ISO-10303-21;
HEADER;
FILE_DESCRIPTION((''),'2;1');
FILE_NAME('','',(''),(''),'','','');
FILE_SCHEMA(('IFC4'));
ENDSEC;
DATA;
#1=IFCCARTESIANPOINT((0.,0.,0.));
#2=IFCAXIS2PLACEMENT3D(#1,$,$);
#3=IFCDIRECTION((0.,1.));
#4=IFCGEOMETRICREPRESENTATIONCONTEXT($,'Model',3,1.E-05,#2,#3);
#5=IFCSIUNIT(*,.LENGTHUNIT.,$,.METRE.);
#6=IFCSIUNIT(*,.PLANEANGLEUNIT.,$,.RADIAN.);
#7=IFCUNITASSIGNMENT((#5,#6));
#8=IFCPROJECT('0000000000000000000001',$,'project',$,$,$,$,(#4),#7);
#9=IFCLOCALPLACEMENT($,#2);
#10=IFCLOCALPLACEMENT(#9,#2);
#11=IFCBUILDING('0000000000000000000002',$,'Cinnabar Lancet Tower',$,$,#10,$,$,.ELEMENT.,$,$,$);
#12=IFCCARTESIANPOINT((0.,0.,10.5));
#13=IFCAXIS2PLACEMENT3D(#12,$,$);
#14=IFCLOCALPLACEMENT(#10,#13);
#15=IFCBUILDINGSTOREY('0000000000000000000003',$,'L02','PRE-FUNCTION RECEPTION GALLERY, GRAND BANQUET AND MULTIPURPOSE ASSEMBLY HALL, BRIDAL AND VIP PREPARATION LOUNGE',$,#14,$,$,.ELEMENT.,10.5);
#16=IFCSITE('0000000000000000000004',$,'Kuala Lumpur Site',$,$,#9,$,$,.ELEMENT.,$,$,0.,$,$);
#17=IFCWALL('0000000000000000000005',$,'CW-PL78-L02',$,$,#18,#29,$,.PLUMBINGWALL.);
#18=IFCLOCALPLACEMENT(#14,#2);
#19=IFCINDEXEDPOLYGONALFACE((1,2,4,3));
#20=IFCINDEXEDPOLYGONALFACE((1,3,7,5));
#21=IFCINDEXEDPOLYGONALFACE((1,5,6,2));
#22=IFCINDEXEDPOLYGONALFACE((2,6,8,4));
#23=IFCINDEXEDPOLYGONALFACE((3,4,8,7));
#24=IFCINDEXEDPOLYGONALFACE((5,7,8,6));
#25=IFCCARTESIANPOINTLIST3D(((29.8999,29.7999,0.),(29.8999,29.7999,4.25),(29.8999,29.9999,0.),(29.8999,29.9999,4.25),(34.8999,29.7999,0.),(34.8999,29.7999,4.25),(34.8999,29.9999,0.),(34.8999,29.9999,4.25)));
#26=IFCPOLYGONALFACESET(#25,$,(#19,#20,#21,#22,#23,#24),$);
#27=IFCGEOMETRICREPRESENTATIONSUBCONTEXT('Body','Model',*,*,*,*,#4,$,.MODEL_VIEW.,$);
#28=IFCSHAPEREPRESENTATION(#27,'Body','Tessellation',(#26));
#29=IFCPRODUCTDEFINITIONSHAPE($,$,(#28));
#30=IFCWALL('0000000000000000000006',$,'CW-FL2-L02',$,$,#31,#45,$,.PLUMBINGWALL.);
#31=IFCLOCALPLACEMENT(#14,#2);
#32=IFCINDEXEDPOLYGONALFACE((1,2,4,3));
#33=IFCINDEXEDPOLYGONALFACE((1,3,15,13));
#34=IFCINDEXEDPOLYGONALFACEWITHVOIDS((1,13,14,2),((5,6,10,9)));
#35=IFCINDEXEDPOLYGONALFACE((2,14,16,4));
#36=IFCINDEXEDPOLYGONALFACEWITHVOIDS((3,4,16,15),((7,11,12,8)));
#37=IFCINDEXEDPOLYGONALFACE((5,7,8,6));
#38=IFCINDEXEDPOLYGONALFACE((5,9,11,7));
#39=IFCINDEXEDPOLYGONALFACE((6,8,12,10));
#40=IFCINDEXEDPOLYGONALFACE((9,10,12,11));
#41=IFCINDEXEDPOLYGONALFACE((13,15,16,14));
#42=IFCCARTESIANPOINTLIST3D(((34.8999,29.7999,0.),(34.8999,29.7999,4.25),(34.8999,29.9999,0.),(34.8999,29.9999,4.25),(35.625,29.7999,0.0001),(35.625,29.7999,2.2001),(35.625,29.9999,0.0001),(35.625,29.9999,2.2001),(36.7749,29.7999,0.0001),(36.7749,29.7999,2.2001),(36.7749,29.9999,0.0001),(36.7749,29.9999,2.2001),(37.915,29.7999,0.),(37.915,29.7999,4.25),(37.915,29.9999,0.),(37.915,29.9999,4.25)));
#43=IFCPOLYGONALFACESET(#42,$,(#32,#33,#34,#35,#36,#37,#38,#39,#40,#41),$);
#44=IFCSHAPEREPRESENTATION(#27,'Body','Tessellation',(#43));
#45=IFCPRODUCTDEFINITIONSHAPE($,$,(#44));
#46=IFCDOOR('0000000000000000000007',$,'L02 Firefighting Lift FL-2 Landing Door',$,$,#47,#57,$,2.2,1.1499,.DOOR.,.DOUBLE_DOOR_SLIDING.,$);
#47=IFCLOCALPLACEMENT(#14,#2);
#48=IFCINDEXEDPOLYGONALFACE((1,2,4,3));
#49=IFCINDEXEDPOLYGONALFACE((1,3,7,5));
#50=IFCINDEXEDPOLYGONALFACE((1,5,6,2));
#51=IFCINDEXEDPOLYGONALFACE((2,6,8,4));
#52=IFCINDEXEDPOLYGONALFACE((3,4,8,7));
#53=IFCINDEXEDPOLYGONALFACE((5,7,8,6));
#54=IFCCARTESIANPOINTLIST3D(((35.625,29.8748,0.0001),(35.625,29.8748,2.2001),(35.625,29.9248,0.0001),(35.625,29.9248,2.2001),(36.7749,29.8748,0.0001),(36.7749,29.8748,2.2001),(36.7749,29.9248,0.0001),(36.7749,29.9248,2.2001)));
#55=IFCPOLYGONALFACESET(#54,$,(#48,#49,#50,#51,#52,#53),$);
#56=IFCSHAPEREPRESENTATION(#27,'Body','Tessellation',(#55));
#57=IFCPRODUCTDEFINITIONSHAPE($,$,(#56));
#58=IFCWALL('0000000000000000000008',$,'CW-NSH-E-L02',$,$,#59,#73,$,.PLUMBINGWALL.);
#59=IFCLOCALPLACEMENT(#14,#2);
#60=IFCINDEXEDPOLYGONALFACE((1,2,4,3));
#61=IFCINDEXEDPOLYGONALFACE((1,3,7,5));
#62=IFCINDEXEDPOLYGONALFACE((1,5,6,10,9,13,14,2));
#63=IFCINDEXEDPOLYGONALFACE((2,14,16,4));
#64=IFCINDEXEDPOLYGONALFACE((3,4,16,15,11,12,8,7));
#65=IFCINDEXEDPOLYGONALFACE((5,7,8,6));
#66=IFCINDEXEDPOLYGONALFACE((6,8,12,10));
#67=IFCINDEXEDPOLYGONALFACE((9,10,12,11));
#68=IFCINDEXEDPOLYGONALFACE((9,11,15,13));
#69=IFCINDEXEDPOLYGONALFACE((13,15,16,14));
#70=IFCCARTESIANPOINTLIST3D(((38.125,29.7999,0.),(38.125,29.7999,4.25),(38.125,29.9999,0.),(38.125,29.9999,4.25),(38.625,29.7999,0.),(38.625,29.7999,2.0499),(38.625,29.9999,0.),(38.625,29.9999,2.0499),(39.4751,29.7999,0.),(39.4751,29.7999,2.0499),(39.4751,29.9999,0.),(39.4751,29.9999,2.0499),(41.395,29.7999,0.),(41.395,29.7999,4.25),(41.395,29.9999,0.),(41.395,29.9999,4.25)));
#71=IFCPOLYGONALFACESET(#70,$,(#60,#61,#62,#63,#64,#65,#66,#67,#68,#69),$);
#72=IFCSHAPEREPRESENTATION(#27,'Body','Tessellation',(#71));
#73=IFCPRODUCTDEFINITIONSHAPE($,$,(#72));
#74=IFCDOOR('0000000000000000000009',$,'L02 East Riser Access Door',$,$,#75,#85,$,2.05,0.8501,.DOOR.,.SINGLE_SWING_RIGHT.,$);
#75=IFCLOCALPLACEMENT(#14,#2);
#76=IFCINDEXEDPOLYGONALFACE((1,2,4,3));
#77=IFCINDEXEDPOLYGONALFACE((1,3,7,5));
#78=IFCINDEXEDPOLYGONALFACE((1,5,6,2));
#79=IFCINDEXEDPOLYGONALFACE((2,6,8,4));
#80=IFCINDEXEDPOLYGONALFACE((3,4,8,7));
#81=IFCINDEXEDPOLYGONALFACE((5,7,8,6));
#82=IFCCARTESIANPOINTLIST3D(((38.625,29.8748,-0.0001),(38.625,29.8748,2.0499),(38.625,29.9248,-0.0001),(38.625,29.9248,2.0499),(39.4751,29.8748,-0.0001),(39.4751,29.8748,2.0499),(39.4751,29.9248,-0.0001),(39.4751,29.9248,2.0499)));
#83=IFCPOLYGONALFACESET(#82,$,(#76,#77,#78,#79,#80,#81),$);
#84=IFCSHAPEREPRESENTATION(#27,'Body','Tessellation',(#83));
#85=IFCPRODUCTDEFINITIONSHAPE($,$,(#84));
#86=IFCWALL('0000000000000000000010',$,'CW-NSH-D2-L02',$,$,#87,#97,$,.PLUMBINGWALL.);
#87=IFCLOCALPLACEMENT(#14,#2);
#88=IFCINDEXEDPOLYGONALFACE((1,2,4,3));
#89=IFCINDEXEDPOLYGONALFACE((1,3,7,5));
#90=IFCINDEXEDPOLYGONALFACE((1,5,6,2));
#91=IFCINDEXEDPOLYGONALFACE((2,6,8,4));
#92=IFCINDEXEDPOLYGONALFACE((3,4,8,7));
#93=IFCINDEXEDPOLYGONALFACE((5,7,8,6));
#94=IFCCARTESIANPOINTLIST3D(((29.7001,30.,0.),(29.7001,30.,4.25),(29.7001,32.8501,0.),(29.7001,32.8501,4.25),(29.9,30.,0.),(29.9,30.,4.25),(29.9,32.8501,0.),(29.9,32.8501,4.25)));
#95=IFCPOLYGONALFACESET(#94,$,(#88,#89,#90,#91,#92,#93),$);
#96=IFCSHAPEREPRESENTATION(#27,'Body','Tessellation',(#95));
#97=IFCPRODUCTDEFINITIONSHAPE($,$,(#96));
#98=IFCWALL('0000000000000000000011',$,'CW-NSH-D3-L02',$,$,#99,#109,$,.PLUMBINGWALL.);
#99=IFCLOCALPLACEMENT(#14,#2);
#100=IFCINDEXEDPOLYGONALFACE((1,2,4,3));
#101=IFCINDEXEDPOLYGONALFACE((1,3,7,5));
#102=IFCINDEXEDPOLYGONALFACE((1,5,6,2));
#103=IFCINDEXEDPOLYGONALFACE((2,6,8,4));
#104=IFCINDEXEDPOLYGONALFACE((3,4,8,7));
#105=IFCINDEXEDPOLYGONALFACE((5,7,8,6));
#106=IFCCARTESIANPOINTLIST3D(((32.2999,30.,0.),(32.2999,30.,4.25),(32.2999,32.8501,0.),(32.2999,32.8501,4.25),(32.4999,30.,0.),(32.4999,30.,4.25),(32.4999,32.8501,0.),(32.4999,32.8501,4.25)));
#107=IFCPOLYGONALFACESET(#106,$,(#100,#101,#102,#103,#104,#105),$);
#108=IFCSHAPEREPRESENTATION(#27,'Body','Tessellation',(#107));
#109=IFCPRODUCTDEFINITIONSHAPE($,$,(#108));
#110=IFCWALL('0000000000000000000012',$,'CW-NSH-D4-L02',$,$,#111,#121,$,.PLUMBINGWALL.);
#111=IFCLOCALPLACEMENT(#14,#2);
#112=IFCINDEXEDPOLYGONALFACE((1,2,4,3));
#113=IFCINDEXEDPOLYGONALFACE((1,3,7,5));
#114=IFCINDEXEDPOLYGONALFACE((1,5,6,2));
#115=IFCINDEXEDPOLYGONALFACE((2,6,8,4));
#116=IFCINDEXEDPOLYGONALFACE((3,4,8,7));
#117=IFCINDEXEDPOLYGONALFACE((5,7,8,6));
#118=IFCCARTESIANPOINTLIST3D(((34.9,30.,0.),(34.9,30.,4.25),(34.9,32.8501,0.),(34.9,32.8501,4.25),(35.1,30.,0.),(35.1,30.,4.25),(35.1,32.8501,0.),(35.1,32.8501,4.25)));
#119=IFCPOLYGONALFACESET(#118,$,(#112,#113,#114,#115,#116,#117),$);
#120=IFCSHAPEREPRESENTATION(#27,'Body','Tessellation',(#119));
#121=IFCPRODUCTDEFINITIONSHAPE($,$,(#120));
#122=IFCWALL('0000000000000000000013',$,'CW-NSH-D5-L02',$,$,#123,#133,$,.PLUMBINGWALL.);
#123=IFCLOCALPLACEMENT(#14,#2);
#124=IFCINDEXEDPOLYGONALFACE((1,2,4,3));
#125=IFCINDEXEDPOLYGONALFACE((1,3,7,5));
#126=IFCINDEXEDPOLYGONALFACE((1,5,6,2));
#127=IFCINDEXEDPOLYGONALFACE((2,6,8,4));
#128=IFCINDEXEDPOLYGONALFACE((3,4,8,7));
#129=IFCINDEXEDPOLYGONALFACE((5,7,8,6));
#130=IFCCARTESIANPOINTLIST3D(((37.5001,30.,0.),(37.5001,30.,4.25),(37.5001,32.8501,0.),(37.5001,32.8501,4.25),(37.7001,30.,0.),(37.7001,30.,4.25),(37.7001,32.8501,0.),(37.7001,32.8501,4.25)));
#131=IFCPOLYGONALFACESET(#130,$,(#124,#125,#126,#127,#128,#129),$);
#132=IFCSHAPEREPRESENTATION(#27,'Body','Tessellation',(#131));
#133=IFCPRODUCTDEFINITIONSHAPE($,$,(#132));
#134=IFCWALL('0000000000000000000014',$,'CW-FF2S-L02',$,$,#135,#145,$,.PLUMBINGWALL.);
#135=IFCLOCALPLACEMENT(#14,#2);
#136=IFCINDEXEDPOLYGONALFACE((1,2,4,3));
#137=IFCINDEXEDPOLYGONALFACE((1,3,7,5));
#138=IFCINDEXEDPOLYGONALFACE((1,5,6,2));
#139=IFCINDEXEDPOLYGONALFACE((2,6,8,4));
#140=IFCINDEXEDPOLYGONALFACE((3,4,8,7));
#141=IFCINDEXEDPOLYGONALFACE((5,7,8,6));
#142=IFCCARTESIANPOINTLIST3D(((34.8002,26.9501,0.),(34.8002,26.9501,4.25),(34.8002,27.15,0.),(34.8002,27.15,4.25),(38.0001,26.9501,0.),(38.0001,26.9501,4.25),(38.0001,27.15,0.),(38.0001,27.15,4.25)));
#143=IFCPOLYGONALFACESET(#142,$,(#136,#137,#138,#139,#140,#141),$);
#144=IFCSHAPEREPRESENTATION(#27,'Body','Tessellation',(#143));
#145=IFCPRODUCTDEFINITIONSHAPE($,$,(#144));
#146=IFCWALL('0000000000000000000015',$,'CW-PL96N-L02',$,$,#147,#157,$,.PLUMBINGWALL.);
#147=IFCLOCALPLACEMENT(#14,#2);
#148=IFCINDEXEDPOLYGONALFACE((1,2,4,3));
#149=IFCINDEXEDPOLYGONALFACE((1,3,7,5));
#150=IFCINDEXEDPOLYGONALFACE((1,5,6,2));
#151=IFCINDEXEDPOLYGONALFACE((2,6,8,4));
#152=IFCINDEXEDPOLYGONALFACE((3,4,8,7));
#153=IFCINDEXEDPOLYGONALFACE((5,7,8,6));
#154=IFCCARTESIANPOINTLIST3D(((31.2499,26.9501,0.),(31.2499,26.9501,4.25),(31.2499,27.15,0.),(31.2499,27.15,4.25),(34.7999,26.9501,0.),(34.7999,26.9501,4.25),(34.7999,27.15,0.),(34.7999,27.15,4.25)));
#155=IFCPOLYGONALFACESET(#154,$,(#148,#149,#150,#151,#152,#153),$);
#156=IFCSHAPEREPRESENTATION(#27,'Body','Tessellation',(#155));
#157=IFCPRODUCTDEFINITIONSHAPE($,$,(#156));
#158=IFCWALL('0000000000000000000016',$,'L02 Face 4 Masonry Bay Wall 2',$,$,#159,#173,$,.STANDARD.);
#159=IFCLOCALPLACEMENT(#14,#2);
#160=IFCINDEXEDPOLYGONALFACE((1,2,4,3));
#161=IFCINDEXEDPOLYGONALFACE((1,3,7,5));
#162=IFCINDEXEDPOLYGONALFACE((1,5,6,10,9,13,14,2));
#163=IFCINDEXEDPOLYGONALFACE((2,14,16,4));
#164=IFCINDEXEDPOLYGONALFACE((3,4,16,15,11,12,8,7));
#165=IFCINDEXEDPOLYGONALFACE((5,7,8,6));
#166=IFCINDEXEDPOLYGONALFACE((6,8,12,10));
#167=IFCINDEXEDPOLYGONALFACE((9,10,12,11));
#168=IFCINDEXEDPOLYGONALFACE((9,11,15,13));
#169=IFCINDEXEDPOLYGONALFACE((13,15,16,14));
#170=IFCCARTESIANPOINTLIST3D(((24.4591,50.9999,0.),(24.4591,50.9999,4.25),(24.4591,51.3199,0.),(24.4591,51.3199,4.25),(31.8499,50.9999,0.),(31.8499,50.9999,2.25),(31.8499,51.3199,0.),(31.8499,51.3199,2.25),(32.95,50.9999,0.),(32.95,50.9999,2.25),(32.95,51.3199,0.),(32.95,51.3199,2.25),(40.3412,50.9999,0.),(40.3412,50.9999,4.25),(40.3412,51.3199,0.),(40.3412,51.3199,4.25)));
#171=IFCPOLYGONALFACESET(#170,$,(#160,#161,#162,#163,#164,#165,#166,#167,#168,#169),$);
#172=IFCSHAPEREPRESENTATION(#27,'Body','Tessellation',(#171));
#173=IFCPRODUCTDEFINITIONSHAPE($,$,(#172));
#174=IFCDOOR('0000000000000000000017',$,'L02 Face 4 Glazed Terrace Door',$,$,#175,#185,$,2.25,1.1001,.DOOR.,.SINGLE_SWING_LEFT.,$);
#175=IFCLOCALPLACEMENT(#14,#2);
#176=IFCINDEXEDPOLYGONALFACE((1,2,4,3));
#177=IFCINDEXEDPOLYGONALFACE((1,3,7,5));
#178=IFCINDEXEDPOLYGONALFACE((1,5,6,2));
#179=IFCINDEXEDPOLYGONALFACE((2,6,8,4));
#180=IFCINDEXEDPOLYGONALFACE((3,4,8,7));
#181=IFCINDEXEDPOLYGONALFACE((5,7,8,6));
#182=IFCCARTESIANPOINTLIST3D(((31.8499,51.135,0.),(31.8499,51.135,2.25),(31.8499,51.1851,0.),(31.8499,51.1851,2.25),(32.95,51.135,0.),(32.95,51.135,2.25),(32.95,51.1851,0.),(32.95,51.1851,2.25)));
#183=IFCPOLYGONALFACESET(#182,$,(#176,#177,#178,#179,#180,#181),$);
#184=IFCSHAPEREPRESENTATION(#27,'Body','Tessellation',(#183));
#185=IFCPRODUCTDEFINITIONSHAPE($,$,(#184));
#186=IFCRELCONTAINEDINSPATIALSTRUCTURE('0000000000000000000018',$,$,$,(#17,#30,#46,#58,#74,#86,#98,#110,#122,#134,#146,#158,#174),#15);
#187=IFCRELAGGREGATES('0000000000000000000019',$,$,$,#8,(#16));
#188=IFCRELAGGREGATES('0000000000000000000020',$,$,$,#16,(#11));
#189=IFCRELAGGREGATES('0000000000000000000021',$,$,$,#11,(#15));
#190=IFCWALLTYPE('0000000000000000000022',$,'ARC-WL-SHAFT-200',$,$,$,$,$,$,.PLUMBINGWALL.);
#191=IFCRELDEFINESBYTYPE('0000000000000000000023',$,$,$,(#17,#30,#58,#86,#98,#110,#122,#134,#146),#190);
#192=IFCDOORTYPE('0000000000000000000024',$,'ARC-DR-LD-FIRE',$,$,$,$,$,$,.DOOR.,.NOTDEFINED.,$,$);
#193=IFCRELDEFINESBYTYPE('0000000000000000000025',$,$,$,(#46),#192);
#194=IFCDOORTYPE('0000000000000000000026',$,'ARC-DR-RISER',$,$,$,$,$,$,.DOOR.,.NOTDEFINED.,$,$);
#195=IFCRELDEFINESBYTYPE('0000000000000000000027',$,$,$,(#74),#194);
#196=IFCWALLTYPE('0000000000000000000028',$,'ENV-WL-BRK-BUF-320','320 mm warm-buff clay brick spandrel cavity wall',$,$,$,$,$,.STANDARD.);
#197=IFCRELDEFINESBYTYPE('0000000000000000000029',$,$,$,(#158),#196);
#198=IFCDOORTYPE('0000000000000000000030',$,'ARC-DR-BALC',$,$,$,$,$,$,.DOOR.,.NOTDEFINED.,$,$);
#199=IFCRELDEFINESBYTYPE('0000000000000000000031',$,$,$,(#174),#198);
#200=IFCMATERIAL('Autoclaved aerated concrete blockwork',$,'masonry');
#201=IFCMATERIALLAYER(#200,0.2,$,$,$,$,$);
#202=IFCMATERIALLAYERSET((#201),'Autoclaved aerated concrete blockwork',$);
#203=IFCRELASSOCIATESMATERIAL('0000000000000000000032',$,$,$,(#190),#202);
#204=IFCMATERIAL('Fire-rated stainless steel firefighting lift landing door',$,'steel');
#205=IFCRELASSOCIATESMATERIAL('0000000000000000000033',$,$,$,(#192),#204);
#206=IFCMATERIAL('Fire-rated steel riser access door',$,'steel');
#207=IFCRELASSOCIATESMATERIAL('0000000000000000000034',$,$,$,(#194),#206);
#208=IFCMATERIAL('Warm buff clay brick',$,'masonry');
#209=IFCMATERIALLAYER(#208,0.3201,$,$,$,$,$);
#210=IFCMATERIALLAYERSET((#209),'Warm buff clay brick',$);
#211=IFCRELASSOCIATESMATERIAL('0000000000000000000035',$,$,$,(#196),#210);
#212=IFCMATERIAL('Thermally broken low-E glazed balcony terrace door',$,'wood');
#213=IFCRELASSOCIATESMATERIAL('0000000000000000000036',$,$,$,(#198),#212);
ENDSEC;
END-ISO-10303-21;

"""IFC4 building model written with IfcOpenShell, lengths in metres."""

from ifc_helpers import new_model, si_unit, direction, frame, frame_2d, origin, place, context, subcontext, project, spatial, rectangle, extrude, material, layer, layer_set, type_object, element, fill, save


model = new_model("IFC4")

# Units and contexts
model_context = context("Model", 3, precision=1e-05, world=origin(), true_north=direction((0.0, 1.0)))
body_context = subcontext(model_context, "Body", "Model", "MODEL_VIEW")
ifc_project = project(units=[si_unit("LENGTHUNIT", "METRE"), si_unit("PLANEANGLEUNIT", "RADIAN")], contexts=[model_context])

# Site, building, storey
site_placement = place(None, origin())
site = spatial("IfcSite", under=ifc_project, at=site_placement, Name="Kuala Lumpur Site", CompositionType="ELEMENT", RefElevation=0.0)
building_placement = place(site_placement, origin())
building = spatial("IfcBuilding", under=site, at=building_placement, Name="Cinnabar Lancet Tower", CompositionType="ELEMENT")
storey_placement = place(building_placement, frame((0.0, 0.0, 10.5)))
storey = spatial("IfcBuildingStorey", under=building, at=storey_placement, Name="L02", Description="PRE-FUNCTION RECEPTION GALLERY, GRAND BANQUET AND MULTIPURPOSE ASSEMBLY HALL, BRIDAL AND VIP PREPARATION LOUNGE", CompositionType="ELEMENT", Elevation=10.5)

# Wall
ifc_material_1 = material(Name="Autoclaved aerated concrete blockwork", Category="masonry")
ifc_layer_1 = layer(ifc_material_1, 0.2)
ifc_layer_set_1 = layer_set([ifc_layer_1], Name="Autoclaved aerated concrete blockwork")
wall_type_1 = type_object("IfcWallType", Name="ARC-WL-SHAFT-200", PredefinedType="PLUMBINGWALL", material=ifc_layer_set_1)
wall_1_placement = place(storey_placement, frame((29.8999, 29.8999, 0.0), z_axis=(0.0, 0.0, 1.0), x_axis=(1.0, 0.0, 0.0)))
element("IfcWall", 1, at=wall_1_placement, inside=storey, type_object=wall_type_1, Name="CW-PL78-L02", PredefinedType="PLUMBINGWALL", context=body_context, shape_type="SweptSolid", body=[
    extrude(rectangle(XDim=5.0, YDim=0.2, at=frame_2d((2.5, 0.0))), origin(), (0.0, 0.0, 1.0), 4.25),
])

# Walls, openings, doors
wall_2_placement = place(storey_placement, frame((34.8999, 29.8999, 0.0), z_axis=(0.0, 0.0, 1.0), x_axis=(1.0, 0.0, 0.0)))
wall_2 = element("IfcWall", 2, at=wall_2_placement, inside=storey, type_object=wall_type_1, Name="CW-FL2-L02", PredefinedType="PLUMBINGWALL", context=body_context, shape_type="SweptSolid", body=[
    extrude(rectangle(XDim=3.0151, YDim=0.2, at=frame_2d((1.5076, 0.0))), origin(), (0.0, 0.0, 1.0), 4.25),
])
opening_1_placement = place(wall_2_placement, frame((0.7251, 0.0, 0.0)))
opening_1 = element("IfcOpeningElement", 3, at=opening_1_placement, cuts=wall_2, PredefinedType="OPENING", context=body_context, shape_type="SweptSolid", body=[
    extrude(rectangle(XDim=1.1499, YDim=2.2, at=frame_2d((0.575, 1.1001))), frame((0.0, 0.1099, 0.0), z_axis=(0.0, -1.0, 0.0), x_axis=(1.0, 0.0, 0.0)), (0.0, 0.0, 1.0), 0.22),
])
ifc_material_2 = material(Name="Fire-rated stainless steel firefighting lift landing door", Category="steel")
door_type_1 = type_object("IfcDoorType", Name="ARC-DR-LD-FIRE", OperationType="NOTDEFINED", PredefinedType="DOOR", material=ifc_material_2)
door_1_placement = place(opening_1_placement, origin())
door_1 = element("IfcDoor", 4, at=door_1_placement, inside=storey, type_object=door_type_1, Name="L02 Firefighting Lift FL-2 Landing Door", OperationType="DOUBLE_DOOR_SLIDING", OverallHeight=2.2, OverallWidth=1.1499, PredefinedType="DOOR", context=body_context, shape_type="SweptSolid", body=[
    extrude(rectangle(XDim=1.1499, YDim=2.2, at=frame_2d((0.575, 1.1001))), frame((0.0, 0.0249, 0.0), z_axis=(0.0, -1.0, 0.0), x_axis=(1.0, 0.0, 0.0)), (0.0, 0.0, 1.0), 0.05),
])
fill(opening_1, door_1)
wall_3_placement = place(storey_placement, frame((38.125, 29.8999, 0.0), z_axis=(0.0, 0.0, 1.0), x_axis=(1.0, 0.0, 0.0)))
wall_3 = element("IfcWall", 5, at=wall_3_placement, inside=storey, type_object=wall_type_1, Name="CW-NSH-E-L02", PredefinedType="PLUMBINGWALL", context=body_context, shape_type="SweptSolid", body=[
    extrude(rectangle(XDim=3.27, YDim=0.2, at=frame_2d((1.635, 0.0))), origin(), (0.0, 0.0, 1.0), 4.25),
])
opening_2_placement = place(wall_3_placement, frame((0.5, 0.0, 0.0)))
opening_2 = element("IfcOpeningElement", 6, at=opening_2_placement, cuts=wall_3, PredefinedType="OPENING", context=body_context, shape_type="SweptSolid", body=[
    extrude(rectangle(XDim=0.8501, YDim=2.05, at=frame_2d((0.425, 1.0249))), frame((0.0, 0.1099, 0.0), z_axis=(0.0, -1.0, 0.0), x_axis=(1.0, 0.0, 0.0)), (0.0, 0.0, 1.0), 0.22),
])
ifc_material_3 = material(Name="Fire-rated steel riser access door", Category="steel")
door_type_2 = type_object("IfcDoorType", Name="ARC-DR-RISER", OperationType="NOTDEFINED", PredefinedType="DOOR", material=ifc_material_3)
door_2_placement = place(opening_2_placement, origin())
door_2 = element("IfcDoor", 7, at=door_2_placement, inside=storey, type_object=door_type_2, Name="L02 East Riser Access Door", OperationType="SINGLE_SWING_RIGHT", OverallHeight=2.05, OverallWidth=0.8501, PredefinedType="DOOR", context=body_context, shape_type="SweptSolid", body=[
    extrude(rectangle(XDim=0.8501, YDim=2.05, at=frame_2d((0.425, 1.0249))), frame((0.0, 0.0249, 0.0), z_axis=(0.0, -1.0, 0.0), x_axis=(1.0, 0.0, 0.0)), (0.0, 0.0, 1.0), 0.05),
])
fill(opening_2, door_2)

# Walls
for number, where, z_axis, x_axis, name in (
    (8, (29.8, 30.0, 0.0), (0.0, 0.0, 1.0), (0.0, 1.0, 0.0), "CW-NSH-D2-L02"),
    (9, (32.3999, 30.0, 0.0), (0.0, 0.0, 1.0), (0.0, 1.0, 0.0), "CW-NSH-D3-L02"),
    (10, (35.0, 30.0, 0.0), (0.0, 0.0, 1.0), (0.0, 1.0, 0.0), "CW-NSH-D4-L02"),
    (11, (37.6001, 30.0, 0.0), (0.0, 0.0, 1.0), (0.0, 1.0, 0.0), "CW-NSH-D5-L02"),
):
    element("IfcWall", number, at=place(storey_placement, frame(where, z_axis=z_axis, x_axis=x_axis)), inside=storey, type_object=wall_type_1, Name=name, PredefinedType="PLUMBINGWALL", context=body_context, shape_type="SweptSolid", body=[
        extrude(rectangle(XDim=2.8501, YDim=0.2, at=frame_2d((1.425, 0.0))), origin(), (0.0, 0.0, 1.0), 4.25),
    ])

# Walls
wall_4_placement = place(storey_placement, frame((34.8, 27.05, 0.0), z_axis=(0.0, 0.0, 1.0), x_axis=(1.0, 0.0, 0.0)))
element("IfcWall", 12, at=wall_4_placement, inside=storey, type_object=wall_type_1, Name="CW-FF2S-L02", PredefinedType="PLUMBINGWALL", context=body_context, shape_type="SweptSolid", body=[
    extrude(rectangle(XDim=3.2, YDim=0.2, at=frame_2d((1.6001, 0.0))), origin(), (0.0, 0.0, 1.0), 4.25),
])
wall_5_placement = place(storey_placement, frame((31.25, 27.05, 0.0), z_axis=(0.0, 0.0, 1.0), x_axis=(1.0, 0.0, 0.0)))
element("IfcWall", 13, at=wall_5_placement, inside=storey, type_object=wall_type_1, Name="CW-PL96N-L02", PredefinedType="PLUMBINGWALL", context=body_context, shape_type="SweptSolid", body=[
    extrude(rectangle(XDim=3.55, YDim=0.2, at=frame_2d((1.7749, 0.0))), origin(), (0.0, 0.0, 1.0), 4.25),
])

# Wall, opening, door
ifc_material_4 = material(Name="Warm buff clay brick", Category="masonry")
ifc_layer_2 = layer(ifc_material_4, 0.3201)
ifc_layer_set_2 = layer_set([ifc_layer_2], Name="Warm buff clay brick")
wall_type_2 = type_object("IfcWallType", Name="ENV-WL-BRK-BUF-320", Description="320 mm warm-buff clay brick spandrel cavity wall", PredefinedType="STANDARD", material=ifc_layer_set_2)
wall_6_placement = place(storey_placement, frame((40.3411, 51.1599, 0.0), z_axis=(0.0, 0.0, 1.0), x_axis=(-1.0, 0.0, 0.0)))
wall_6 = element("IfcWall", 14, at=wall_6_placement, inside=storey, type_object=wall_type_2, Name="L02 Face 4 Masonry Bay Wall 2", PredefinedType="STANDARD", context=body_context, shape_type="SweptSolid", body=[
    extrude(rectangle(XDim=15.8821, YDim=0.3201, at=frame_2d((7.9409, 0.0))), origin(), (0.0, 0.0, 1.0), 4.25),
])
opening_3_placement = place(wall_6_placement, frame((7.3911, 0.0, 0.0)))
opening_3 = element("IfcOpeningElement", 15, at=opening_3_placement, cuts=wall_6, PredefinedType="OPENING", context=body_context, shape_type="SweptSolid", body=[
    extrude(rectangle(XDim=1.1001, YDim=2.25, at=frame_2d((0.55, 1.125))), frame((0.0, 0.1699, 0.0), z_axis=(0.0, -1.0, 0.0), x_axis=(1.0, 0.0, 0.0)), (0.0, 0.0, 1.0), 0.3401),
])
ifc_material_5 = material(Name="Thermally broken low-E glazed balcony terrace door", Category="wood")
door_type_3 = type_object("IfcDoorType", Name="ARC-DR-BALC", OperationType="NOTDEFINED", PredefinedType="DOOR", material=ifc_material_5)
door_3_placement = place(opening_3_placement, origin())
door_3 = element("IfcDoor", 16, at=door_3_placement, inside=storey, type_object=door_type_3, Name="L02 Face 4 Glazed Terrace Door", OperationType="SINGLE_SWING_LEFT", OverallHeight=2.25, OverallWidth=1.1001, PredefinedType="DOOR", context=body_context, shape_type="SweptSolid", body=[
    extrude(rectangle(XDim=1.1001, YDim=2.25, at=frame_2d((0.55, 1.125))), frame((0.0, 0.0249, 0.0), z_axis=(0.0, -1.0, 0.0), x_axis=(1.0, 0.0, 0.0)), (0.0, 0.0, 1.0), 0.05),
])
fill(opening_3, door_3)

save(model, "model.ifc")
